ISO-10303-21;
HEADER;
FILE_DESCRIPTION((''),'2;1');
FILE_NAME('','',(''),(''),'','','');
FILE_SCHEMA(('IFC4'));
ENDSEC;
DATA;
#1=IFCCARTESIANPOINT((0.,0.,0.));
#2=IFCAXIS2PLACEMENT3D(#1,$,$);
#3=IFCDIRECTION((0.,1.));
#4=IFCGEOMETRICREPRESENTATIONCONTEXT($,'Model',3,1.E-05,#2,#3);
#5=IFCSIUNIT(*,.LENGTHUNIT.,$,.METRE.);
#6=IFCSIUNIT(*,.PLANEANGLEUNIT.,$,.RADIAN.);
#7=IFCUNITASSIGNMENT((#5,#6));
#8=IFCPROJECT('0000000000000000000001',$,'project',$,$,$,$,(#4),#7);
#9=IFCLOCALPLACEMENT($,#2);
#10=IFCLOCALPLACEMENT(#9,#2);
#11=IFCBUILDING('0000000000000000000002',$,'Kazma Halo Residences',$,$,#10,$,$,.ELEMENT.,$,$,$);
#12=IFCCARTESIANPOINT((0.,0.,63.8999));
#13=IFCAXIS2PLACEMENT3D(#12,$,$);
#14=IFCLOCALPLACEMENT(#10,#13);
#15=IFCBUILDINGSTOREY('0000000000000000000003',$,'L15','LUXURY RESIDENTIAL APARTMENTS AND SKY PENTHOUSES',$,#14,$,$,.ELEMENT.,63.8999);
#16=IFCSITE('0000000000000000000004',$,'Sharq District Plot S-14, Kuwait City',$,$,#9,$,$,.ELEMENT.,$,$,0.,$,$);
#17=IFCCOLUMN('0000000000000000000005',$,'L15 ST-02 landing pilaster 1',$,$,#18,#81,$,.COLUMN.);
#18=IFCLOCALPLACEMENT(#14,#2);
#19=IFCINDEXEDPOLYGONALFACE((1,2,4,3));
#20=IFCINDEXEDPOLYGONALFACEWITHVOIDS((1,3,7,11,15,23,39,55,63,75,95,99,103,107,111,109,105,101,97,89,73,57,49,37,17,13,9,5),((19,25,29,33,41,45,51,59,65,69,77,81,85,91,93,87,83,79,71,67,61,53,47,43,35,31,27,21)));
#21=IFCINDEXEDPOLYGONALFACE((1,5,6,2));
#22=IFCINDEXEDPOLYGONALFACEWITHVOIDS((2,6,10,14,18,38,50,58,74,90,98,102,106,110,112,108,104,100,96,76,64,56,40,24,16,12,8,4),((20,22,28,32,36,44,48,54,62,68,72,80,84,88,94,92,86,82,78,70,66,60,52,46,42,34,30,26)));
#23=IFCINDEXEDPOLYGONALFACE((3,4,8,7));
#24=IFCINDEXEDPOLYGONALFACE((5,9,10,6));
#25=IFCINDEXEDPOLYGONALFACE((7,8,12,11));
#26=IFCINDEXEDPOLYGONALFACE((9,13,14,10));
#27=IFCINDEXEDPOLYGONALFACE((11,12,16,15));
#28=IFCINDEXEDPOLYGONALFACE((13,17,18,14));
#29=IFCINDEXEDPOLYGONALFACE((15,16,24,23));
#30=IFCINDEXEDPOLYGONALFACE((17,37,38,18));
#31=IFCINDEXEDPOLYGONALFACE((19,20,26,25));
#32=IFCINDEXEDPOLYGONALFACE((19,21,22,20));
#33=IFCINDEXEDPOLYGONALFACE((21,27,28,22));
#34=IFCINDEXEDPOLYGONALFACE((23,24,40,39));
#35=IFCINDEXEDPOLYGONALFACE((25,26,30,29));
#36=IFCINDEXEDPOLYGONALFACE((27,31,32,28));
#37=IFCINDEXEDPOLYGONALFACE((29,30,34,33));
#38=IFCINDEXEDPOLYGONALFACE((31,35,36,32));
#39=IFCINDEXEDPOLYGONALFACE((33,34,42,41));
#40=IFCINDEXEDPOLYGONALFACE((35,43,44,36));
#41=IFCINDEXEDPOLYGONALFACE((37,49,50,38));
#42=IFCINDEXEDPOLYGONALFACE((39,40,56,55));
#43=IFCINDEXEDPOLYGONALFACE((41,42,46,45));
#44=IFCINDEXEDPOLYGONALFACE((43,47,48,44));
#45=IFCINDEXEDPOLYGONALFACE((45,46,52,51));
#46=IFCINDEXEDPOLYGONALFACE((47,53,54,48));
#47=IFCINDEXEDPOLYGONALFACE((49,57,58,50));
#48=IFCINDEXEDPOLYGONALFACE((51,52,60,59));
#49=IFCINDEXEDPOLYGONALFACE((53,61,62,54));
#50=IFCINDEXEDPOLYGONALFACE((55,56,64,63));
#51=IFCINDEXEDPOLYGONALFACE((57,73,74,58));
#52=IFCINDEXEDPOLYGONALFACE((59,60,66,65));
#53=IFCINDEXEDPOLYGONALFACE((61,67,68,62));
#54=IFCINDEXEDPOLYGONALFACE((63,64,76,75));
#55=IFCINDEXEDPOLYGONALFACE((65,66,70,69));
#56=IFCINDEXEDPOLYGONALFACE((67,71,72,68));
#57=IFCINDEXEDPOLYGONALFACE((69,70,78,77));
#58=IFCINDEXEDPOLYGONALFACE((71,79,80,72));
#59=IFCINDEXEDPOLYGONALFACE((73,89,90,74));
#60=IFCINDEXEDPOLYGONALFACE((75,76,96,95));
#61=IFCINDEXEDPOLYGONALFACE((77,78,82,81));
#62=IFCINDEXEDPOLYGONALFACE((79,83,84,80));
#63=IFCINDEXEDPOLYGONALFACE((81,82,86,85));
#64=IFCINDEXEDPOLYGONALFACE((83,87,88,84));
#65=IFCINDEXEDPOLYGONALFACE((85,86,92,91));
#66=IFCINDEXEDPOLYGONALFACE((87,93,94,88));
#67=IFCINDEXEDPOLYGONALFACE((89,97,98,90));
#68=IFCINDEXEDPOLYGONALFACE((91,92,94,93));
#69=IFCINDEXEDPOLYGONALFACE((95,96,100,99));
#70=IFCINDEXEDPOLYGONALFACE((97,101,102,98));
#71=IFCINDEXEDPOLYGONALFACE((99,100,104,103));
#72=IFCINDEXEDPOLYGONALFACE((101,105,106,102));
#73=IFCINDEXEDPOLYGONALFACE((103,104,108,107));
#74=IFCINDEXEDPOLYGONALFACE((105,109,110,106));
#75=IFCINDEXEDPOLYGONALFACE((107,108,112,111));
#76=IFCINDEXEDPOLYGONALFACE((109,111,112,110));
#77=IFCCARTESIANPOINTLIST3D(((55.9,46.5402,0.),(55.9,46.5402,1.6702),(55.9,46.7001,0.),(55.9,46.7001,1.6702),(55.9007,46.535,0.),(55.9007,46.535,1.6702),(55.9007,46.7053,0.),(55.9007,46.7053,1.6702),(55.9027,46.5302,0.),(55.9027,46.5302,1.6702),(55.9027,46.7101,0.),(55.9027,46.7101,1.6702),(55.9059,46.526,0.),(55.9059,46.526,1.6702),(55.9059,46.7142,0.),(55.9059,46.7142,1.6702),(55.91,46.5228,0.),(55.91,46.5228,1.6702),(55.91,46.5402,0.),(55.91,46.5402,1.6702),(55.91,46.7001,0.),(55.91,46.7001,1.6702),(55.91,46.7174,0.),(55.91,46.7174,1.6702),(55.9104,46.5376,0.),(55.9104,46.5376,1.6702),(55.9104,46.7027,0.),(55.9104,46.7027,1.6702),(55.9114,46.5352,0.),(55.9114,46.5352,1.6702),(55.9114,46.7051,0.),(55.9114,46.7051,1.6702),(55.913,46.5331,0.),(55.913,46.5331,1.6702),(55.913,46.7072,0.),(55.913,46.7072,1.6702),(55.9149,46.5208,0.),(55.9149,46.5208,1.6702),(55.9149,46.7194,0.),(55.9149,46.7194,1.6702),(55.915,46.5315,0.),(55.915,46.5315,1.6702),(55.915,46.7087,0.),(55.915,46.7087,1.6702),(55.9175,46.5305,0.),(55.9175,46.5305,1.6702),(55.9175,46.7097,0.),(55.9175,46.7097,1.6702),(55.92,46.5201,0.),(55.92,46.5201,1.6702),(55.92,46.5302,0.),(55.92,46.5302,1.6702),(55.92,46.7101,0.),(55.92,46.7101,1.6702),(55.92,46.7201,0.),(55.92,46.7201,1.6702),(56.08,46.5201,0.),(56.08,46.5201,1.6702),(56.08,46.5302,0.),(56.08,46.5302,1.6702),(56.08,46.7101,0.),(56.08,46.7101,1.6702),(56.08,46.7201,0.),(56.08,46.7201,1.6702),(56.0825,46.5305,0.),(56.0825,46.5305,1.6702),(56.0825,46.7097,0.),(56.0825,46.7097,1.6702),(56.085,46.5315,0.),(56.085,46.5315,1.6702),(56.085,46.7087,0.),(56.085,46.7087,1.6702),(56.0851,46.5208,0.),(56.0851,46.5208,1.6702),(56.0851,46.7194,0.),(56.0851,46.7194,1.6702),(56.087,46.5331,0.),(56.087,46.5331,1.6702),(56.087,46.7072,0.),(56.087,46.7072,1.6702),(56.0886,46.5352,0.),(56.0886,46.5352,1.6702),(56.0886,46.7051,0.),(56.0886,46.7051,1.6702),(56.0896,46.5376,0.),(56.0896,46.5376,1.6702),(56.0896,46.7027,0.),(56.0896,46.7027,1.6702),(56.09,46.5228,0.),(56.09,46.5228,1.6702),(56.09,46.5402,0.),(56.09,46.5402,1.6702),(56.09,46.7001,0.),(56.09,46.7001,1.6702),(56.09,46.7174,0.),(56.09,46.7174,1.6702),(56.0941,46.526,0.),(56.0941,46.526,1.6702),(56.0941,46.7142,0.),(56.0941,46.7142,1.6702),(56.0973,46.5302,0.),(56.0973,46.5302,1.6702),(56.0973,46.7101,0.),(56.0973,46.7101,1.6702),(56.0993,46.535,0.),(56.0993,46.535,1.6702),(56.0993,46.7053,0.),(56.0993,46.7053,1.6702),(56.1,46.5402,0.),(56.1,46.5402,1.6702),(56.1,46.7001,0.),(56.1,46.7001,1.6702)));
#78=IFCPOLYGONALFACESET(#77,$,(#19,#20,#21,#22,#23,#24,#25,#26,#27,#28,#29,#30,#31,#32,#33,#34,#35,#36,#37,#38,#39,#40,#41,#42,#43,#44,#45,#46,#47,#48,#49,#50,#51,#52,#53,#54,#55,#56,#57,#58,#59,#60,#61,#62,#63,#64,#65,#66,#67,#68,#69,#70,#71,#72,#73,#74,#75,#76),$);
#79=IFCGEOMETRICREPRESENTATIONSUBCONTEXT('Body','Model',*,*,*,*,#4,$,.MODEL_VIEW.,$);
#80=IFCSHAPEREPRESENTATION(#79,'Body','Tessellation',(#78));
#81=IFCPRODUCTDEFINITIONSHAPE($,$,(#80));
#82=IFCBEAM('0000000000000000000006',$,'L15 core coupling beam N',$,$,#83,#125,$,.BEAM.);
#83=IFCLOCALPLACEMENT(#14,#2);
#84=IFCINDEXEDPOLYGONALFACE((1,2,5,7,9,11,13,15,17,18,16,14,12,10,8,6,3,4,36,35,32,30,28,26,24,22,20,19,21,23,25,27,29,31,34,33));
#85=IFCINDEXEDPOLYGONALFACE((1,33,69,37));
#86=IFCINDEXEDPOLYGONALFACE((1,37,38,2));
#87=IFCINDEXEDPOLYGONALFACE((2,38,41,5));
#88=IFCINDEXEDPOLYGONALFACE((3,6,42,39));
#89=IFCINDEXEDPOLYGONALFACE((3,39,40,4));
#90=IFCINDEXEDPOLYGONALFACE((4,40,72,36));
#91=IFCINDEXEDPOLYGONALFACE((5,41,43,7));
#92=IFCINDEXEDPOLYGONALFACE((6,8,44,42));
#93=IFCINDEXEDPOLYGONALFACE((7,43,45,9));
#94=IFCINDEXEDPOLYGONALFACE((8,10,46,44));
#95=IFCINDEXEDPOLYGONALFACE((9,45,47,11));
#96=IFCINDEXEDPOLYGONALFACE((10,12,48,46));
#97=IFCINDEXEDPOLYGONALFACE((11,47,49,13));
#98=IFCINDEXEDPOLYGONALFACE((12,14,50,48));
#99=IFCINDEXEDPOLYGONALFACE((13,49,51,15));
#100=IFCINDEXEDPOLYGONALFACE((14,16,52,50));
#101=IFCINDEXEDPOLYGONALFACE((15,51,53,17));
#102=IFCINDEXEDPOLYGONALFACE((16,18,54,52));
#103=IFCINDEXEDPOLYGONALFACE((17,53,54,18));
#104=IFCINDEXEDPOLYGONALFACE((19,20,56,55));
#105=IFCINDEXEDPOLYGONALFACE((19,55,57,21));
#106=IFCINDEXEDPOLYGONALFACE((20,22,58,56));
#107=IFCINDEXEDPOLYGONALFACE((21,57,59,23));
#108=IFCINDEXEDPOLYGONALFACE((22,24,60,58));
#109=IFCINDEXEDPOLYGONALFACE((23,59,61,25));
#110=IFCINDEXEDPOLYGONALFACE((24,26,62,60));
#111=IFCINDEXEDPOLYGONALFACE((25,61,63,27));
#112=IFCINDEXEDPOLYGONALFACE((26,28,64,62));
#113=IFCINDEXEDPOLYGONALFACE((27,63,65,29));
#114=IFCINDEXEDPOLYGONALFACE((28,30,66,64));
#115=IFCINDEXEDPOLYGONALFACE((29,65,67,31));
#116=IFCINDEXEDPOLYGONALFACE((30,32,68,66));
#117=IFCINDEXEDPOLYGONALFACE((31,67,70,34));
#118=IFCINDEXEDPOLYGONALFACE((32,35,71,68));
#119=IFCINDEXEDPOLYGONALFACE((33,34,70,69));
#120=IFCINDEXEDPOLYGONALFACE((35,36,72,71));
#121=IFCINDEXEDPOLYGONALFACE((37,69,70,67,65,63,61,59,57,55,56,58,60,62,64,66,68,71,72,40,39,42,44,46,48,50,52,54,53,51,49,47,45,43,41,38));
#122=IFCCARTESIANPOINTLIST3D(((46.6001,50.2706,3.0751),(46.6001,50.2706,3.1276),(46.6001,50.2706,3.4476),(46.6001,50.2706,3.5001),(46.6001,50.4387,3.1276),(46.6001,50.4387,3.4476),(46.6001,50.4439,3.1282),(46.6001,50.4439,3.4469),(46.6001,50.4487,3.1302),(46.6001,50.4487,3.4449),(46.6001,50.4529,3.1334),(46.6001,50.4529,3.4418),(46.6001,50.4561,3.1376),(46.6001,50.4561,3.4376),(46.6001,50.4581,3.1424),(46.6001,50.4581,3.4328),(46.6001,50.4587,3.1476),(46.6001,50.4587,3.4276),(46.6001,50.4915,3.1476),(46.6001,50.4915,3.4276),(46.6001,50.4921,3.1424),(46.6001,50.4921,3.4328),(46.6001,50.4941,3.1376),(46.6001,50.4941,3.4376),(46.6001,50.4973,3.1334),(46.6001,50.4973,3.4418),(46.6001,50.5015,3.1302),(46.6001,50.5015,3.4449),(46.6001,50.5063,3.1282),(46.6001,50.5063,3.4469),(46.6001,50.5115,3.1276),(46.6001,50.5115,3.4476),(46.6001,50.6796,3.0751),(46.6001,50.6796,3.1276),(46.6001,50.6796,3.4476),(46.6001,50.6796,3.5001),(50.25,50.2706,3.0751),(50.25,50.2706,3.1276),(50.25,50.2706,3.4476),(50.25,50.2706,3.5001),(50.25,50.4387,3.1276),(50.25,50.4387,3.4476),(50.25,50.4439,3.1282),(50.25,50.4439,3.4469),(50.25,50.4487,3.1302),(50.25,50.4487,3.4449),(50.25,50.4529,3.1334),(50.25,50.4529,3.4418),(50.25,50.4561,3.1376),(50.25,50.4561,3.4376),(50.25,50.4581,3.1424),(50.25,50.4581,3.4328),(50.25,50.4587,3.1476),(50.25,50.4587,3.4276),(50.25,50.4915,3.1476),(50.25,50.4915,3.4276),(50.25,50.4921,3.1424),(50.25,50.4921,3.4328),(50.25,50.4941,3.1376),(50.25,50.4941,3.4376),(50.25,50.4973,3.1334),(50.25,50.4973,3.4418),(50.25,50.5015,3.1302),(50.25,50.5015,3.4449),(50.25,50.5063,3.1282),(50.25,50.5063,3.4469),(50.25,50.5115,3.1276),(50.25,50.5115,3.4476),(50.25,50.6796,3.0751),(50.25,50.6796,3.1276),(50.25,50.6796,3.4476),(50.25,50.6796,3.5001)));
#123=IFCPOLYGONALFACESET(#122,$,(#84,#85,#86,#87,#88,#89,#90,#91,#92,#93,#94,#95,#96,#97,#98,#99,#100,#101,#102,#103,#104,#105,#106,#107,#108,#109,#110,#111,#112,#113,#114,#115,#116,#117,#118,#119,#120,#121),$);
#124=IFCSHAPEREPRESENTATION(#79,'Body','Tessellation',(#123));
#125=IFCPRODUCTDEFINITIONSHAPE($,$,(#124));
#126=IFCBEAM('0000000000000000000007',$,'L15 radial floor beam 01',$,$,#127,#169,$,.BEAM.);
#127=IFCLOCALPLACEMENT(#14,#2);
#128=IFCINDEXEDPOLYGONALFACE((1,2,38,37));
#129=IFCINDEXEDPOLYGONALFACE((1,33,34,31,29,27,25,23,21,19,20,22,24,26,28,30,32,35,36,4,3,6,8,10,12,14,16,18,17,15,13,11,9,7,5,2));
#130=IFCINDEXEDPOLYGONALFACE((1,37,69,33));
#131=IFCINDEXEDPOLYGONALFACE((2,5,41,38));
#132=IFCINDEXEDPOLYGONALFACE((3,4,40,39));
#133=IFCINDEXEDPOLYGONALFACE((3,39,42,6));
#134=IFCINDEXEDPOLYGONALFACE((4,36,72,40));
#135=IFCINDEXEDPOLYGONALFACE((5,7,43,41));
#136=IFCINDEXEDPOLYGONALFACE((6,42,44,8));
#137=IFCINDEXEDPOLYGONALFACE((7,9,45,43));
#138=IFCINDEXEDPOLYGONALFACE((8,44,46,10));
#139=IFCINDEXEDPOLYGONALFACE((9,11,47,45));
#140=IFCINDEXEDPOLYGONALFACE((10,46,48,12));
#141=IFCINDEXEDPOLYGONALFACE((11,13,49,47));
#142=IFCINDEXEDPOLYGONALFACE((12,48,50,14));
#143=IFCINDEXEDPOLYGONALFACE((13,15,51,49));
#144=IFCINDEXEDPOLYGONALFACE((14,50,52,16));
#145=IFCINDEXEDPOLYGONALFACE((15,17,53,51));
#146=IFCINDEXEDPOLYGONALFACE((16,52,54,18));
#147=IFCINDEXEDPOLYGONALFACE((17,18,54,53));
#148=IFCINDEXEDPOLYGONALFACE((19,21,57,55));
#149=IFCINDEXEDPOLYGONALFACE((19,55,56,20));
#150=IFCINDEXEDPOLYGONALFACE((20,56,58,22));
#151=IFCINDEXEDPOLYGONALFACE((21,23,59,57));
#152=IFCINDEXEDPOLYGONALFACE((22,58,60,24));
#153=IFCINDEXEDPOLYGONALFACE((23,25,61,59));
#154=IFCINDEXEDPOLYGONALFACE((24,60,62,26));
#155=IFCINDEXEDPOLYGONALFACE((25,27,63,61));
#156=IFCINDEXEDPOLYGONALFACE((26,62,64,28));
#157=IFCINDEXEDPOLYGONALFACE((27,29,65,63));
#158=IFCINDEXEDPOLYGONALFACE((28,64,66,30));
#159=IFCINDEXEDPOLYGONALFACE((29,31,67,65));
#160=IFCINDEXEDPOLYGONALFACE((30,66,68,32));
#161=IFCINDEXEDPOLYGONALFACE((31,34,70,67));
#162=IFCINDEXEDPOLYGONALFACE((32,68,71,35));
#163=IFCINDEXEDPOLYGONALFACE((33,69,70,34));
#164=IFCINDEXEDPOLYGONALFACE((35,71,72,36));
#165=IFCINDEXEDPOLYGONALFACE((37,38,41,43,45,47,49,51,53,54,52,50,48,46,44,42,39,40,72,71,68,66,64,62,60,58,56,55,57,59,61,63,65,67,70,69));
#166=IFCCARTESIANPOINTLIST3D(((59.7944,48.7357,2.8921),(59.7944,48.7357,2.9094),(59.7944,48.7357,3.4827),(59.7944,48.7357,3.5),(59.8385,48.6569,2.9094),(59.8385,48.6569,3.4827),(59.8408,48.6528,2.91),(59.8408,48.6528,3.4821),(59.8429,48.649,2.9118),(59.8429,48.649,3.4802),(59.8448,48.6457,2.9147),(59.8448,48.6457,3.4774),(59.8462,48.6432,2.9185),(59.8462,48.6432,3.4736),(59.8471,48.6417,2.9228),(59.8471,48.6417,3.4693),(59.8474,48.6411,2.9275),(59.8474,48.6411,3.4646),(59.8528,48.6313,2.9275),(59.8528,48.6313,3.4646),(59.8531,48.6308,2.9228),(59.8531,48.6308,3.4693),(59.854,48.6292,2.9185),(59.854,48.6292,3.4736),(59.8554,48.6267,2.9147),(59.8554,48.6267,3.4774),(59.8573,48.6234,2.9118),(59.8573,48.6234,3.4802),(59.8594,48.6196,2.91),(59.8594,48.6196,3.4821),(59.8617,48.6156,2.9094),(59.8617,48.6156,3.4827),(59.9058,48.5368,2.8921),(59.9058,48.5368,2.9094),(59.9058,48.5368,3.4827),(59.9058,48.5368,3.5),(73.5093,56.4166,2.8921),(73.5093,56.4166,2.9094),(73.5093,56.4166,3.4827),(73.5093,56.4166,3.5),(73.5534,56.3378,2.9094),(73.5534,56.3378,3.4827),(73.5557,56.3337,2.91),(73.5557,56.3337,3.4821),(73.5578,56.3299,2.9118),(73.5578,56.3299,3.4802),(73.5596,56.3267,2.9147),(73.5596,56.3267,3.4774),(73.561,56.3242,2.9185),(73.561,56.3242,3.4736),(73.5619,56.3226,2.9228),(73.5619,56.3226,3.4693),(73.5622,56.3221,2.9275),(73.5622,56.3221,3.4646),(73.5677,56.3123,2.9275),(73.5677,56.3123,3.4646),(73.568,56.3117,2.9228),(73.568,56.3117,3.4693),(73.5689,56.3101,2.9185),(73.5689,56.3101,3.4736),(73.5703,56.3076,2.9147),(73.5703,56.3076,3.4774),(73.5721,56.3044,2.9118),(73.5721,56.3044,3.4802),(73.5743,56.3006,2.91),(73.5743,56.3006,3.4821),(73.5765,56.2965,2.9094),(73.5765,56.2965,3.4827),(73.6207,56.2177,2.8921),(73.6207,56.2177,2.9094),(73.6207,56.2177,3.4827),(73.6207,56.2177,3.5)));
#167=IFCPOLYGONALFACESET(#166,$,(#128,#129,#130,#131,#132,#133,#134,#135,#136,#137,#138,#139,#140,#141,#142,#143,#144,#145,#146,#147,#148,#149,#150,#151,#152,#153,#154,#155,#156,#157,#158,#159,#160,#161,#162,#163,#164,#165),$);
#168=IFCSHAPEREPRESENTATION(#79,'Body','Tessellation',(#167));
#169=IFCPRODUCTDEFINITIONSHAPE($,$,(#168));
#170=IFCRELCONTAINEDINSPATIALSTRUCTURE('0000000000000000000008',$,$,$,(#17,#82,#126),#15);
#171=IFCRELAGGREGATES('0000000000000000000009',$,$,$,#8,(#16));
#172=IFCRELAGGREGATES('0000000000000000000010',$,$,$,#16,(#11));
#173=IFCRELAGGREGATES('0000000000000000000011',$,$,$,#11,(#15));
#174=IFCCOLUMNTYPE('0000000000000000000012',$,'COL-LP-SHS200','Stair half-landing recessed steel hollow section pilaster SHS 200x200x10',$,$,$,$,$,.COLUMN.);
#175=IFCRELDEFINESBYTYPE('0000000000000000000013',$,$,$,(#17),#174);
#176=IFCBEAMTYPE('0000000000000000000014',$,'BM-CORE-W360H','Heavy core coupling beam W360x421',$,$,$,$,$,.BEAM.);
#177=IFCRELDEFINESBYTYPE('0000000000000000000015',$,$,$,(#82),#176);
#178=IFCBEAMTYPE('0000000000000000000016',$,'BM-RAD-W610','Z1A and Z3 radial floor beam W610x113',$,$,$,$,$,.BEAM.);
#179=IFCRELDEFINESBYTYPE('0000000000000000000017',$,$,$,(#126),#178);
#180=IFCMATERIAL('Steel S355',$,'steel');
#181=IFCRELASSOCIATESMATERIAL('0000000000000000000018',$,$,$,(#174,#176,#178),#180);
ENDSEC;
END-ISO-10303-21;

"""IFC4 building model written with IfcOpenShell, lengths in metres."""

from ifc_helpers import new_model, si_unit, direction, frame, origin, origin_2d, place, context, subcontext, project, spatial, hollow_rectangle, i_section, extrude, material, material_profile, profile_set, type_object, element, save


model = new_model("IFC4")

# Units and contexts
model_context = context("Model", 3, precision=1e-05, world=origin(), true_north=direction((0.0, 1.0)))
body_context = subcontext(model_context, "Body", "Model", "MODEL_VIEW")
ifc_project = project(units=[si_unit("LENGTHUNIT", "METRE"), si_unit("PLANEANGLEUNIT", "RADIAN")], contexts=[model_context])

# Site, building, storey
site_placement = place(None, origin())
site = spatial("IfcSite", under=ifc_project, at=site_placement, Name="Sharq District Plot S-14, Kuwait City", CompositionType="ELEMENT", RefElevation=0.0)
building_placement = place(site_placement, origin())
building = spatial("IfcBuilding", under=site, at=building_placement, Name="Kazma Halo Residences", CompositionType="ELEMENT")
storey_placement = place(building_placement, frame((0.0, 0.0, 63.8999)))
storey = spatial("IfcBuildingStorey", under=building, at=storey_placement, Name="L15", Description="LUXURY RESIDENTIAL APARTMENTS AND SKY PENTHOUSES", CompositionType="ELEMENT", Elevation=63.8999)

# Column
ifc_material_1 = material(Name="Steel S355", Category="steel")
ifc_material_profile_1 = material_profile(ifc_material_1, hollow_rectangle(XDim=0.2, YDim=0.2, WallThickness=0.01, InnerFilletRadius=0.01, OuterFilletRadius=0.02, at=origin_2d()), Name="SHS200x200x10")
ifc_profile_set_1 = profile_set([ifc_material_profile_1], Name="Steel S355")
column_type = type_object("IfcColumnType", Name="COL-LP-SHS200", Description="Stair half-landing recessed steel hollow section pilaster SHS 200x200x10", PredefinedType="COLUMN", material=ifc_profile_set_1)
column_placement = place(storey_placement, frame((56.0, 46.6201, 0.0), z_axis=(0.0, 0.0, 1.0), x_axis=(1.0, 0.0, 0.0)))
element("IfcColumn", 1, at=column_placement, inside=storey, type_object=column_type, Name="L15 ST-02 landing pilaster 1", PredefinedType="COLUMN", context=body_context, shape_type="SweptSolid", body=[
    extrude(hollow_rectangle(XDim=0.2, YDim=0.2, WallThickness=0.01, InnerFilletRadius=0.01, OuterFilletRadius=0.02, at=origin_2d()), origin(), (0.0, 0.0, 1.0), 1.6702),
])

# Beams
ifc_material_profile_2 = material_profile(ifc_material_1, i_section(OverallWidth=0.4089, OverallDepth=0.425, WebThickness=0.0327, FlangeThickness=0.0525, FilletRadius=0.02, at=origin_2d()), Name="W360x421")
ifc_profile_set_2 = profile_set([ifc_material_profile_2], Name="Steel S355")
beam_type_1 = type_object("IfcBeamType", Name="BM-CORE-W360H", Description="Heavy core coupling beam W360x421", PredefinedType="BEAM", material=ifc_profile_set_2)
beam_1_placement = place(storey_placement, frame((46.6001, 50.4751, 3.2876), z_axis=(1.0, 0.0, 0.0), x_axis=(0.0, 1.0, 0.0)))
element("IfcBeam", 2, at=beam_1_placement, inside=storey, type_object=beam_type_1, Name="L15 core coupling beam N", PredefinedType="BEAM", context=body_context, shape_type="SweptSolid", body=[
    extrude(i_section(OverallWidth=0.4089, OverallDepth=0.425, WebThickness=0.0327, FlangeThickness=0.0525, FilletRadius=0.02, at=origin_2d()), origin(), (0.0, 0.0, 1.0), 3.6499),
])
ifc_material_profile_3 = material_profile(ifc_material_1, i_section(OverallWidth=0.228, OverallDepth=0.6079, WebThickness=0.0112, FlangeThickness=0.0173, FilletRadius=0.0181, at=origin_2d()), Name="W610x113")
ifc_profile_set_3 = profile_set([ifc_material_profile_3], Name="Steel S355")
beam_type_2 = type_object("IfcBeamType", Name="BM-RAD-W610", Description="Z1A and Z3 radial floor beam W610x113", PredefinedType="BEAM", material=ifc_profile_set_3)
beam_2_placement = place(storey_placement, frame((59.8501, 48.6362, 3.196), z_axis=(0.87249, 0.488632, 0.0), x_axis=(-0.488632, 0.87249, 0.0)))
element("IfcBeam", 3, at=beam_2_placement, inside=storey, type_object=beam_type_2, Name="L15 radial floor beam 01", PredefinedType="BEAM", context=body_context, shape_type="SweptSolid", body=[
    extrude(i_section(OverallWidth=0.228, OverallDepth=0.6079, WebThickness=0.0112, FlangeThickness=0.0173, FilletRadius=0.0181, at=origin_2d()), origin(), (0.0, 0.0, 1.0), 15.7192),
])

save(model, "model.ifc")
